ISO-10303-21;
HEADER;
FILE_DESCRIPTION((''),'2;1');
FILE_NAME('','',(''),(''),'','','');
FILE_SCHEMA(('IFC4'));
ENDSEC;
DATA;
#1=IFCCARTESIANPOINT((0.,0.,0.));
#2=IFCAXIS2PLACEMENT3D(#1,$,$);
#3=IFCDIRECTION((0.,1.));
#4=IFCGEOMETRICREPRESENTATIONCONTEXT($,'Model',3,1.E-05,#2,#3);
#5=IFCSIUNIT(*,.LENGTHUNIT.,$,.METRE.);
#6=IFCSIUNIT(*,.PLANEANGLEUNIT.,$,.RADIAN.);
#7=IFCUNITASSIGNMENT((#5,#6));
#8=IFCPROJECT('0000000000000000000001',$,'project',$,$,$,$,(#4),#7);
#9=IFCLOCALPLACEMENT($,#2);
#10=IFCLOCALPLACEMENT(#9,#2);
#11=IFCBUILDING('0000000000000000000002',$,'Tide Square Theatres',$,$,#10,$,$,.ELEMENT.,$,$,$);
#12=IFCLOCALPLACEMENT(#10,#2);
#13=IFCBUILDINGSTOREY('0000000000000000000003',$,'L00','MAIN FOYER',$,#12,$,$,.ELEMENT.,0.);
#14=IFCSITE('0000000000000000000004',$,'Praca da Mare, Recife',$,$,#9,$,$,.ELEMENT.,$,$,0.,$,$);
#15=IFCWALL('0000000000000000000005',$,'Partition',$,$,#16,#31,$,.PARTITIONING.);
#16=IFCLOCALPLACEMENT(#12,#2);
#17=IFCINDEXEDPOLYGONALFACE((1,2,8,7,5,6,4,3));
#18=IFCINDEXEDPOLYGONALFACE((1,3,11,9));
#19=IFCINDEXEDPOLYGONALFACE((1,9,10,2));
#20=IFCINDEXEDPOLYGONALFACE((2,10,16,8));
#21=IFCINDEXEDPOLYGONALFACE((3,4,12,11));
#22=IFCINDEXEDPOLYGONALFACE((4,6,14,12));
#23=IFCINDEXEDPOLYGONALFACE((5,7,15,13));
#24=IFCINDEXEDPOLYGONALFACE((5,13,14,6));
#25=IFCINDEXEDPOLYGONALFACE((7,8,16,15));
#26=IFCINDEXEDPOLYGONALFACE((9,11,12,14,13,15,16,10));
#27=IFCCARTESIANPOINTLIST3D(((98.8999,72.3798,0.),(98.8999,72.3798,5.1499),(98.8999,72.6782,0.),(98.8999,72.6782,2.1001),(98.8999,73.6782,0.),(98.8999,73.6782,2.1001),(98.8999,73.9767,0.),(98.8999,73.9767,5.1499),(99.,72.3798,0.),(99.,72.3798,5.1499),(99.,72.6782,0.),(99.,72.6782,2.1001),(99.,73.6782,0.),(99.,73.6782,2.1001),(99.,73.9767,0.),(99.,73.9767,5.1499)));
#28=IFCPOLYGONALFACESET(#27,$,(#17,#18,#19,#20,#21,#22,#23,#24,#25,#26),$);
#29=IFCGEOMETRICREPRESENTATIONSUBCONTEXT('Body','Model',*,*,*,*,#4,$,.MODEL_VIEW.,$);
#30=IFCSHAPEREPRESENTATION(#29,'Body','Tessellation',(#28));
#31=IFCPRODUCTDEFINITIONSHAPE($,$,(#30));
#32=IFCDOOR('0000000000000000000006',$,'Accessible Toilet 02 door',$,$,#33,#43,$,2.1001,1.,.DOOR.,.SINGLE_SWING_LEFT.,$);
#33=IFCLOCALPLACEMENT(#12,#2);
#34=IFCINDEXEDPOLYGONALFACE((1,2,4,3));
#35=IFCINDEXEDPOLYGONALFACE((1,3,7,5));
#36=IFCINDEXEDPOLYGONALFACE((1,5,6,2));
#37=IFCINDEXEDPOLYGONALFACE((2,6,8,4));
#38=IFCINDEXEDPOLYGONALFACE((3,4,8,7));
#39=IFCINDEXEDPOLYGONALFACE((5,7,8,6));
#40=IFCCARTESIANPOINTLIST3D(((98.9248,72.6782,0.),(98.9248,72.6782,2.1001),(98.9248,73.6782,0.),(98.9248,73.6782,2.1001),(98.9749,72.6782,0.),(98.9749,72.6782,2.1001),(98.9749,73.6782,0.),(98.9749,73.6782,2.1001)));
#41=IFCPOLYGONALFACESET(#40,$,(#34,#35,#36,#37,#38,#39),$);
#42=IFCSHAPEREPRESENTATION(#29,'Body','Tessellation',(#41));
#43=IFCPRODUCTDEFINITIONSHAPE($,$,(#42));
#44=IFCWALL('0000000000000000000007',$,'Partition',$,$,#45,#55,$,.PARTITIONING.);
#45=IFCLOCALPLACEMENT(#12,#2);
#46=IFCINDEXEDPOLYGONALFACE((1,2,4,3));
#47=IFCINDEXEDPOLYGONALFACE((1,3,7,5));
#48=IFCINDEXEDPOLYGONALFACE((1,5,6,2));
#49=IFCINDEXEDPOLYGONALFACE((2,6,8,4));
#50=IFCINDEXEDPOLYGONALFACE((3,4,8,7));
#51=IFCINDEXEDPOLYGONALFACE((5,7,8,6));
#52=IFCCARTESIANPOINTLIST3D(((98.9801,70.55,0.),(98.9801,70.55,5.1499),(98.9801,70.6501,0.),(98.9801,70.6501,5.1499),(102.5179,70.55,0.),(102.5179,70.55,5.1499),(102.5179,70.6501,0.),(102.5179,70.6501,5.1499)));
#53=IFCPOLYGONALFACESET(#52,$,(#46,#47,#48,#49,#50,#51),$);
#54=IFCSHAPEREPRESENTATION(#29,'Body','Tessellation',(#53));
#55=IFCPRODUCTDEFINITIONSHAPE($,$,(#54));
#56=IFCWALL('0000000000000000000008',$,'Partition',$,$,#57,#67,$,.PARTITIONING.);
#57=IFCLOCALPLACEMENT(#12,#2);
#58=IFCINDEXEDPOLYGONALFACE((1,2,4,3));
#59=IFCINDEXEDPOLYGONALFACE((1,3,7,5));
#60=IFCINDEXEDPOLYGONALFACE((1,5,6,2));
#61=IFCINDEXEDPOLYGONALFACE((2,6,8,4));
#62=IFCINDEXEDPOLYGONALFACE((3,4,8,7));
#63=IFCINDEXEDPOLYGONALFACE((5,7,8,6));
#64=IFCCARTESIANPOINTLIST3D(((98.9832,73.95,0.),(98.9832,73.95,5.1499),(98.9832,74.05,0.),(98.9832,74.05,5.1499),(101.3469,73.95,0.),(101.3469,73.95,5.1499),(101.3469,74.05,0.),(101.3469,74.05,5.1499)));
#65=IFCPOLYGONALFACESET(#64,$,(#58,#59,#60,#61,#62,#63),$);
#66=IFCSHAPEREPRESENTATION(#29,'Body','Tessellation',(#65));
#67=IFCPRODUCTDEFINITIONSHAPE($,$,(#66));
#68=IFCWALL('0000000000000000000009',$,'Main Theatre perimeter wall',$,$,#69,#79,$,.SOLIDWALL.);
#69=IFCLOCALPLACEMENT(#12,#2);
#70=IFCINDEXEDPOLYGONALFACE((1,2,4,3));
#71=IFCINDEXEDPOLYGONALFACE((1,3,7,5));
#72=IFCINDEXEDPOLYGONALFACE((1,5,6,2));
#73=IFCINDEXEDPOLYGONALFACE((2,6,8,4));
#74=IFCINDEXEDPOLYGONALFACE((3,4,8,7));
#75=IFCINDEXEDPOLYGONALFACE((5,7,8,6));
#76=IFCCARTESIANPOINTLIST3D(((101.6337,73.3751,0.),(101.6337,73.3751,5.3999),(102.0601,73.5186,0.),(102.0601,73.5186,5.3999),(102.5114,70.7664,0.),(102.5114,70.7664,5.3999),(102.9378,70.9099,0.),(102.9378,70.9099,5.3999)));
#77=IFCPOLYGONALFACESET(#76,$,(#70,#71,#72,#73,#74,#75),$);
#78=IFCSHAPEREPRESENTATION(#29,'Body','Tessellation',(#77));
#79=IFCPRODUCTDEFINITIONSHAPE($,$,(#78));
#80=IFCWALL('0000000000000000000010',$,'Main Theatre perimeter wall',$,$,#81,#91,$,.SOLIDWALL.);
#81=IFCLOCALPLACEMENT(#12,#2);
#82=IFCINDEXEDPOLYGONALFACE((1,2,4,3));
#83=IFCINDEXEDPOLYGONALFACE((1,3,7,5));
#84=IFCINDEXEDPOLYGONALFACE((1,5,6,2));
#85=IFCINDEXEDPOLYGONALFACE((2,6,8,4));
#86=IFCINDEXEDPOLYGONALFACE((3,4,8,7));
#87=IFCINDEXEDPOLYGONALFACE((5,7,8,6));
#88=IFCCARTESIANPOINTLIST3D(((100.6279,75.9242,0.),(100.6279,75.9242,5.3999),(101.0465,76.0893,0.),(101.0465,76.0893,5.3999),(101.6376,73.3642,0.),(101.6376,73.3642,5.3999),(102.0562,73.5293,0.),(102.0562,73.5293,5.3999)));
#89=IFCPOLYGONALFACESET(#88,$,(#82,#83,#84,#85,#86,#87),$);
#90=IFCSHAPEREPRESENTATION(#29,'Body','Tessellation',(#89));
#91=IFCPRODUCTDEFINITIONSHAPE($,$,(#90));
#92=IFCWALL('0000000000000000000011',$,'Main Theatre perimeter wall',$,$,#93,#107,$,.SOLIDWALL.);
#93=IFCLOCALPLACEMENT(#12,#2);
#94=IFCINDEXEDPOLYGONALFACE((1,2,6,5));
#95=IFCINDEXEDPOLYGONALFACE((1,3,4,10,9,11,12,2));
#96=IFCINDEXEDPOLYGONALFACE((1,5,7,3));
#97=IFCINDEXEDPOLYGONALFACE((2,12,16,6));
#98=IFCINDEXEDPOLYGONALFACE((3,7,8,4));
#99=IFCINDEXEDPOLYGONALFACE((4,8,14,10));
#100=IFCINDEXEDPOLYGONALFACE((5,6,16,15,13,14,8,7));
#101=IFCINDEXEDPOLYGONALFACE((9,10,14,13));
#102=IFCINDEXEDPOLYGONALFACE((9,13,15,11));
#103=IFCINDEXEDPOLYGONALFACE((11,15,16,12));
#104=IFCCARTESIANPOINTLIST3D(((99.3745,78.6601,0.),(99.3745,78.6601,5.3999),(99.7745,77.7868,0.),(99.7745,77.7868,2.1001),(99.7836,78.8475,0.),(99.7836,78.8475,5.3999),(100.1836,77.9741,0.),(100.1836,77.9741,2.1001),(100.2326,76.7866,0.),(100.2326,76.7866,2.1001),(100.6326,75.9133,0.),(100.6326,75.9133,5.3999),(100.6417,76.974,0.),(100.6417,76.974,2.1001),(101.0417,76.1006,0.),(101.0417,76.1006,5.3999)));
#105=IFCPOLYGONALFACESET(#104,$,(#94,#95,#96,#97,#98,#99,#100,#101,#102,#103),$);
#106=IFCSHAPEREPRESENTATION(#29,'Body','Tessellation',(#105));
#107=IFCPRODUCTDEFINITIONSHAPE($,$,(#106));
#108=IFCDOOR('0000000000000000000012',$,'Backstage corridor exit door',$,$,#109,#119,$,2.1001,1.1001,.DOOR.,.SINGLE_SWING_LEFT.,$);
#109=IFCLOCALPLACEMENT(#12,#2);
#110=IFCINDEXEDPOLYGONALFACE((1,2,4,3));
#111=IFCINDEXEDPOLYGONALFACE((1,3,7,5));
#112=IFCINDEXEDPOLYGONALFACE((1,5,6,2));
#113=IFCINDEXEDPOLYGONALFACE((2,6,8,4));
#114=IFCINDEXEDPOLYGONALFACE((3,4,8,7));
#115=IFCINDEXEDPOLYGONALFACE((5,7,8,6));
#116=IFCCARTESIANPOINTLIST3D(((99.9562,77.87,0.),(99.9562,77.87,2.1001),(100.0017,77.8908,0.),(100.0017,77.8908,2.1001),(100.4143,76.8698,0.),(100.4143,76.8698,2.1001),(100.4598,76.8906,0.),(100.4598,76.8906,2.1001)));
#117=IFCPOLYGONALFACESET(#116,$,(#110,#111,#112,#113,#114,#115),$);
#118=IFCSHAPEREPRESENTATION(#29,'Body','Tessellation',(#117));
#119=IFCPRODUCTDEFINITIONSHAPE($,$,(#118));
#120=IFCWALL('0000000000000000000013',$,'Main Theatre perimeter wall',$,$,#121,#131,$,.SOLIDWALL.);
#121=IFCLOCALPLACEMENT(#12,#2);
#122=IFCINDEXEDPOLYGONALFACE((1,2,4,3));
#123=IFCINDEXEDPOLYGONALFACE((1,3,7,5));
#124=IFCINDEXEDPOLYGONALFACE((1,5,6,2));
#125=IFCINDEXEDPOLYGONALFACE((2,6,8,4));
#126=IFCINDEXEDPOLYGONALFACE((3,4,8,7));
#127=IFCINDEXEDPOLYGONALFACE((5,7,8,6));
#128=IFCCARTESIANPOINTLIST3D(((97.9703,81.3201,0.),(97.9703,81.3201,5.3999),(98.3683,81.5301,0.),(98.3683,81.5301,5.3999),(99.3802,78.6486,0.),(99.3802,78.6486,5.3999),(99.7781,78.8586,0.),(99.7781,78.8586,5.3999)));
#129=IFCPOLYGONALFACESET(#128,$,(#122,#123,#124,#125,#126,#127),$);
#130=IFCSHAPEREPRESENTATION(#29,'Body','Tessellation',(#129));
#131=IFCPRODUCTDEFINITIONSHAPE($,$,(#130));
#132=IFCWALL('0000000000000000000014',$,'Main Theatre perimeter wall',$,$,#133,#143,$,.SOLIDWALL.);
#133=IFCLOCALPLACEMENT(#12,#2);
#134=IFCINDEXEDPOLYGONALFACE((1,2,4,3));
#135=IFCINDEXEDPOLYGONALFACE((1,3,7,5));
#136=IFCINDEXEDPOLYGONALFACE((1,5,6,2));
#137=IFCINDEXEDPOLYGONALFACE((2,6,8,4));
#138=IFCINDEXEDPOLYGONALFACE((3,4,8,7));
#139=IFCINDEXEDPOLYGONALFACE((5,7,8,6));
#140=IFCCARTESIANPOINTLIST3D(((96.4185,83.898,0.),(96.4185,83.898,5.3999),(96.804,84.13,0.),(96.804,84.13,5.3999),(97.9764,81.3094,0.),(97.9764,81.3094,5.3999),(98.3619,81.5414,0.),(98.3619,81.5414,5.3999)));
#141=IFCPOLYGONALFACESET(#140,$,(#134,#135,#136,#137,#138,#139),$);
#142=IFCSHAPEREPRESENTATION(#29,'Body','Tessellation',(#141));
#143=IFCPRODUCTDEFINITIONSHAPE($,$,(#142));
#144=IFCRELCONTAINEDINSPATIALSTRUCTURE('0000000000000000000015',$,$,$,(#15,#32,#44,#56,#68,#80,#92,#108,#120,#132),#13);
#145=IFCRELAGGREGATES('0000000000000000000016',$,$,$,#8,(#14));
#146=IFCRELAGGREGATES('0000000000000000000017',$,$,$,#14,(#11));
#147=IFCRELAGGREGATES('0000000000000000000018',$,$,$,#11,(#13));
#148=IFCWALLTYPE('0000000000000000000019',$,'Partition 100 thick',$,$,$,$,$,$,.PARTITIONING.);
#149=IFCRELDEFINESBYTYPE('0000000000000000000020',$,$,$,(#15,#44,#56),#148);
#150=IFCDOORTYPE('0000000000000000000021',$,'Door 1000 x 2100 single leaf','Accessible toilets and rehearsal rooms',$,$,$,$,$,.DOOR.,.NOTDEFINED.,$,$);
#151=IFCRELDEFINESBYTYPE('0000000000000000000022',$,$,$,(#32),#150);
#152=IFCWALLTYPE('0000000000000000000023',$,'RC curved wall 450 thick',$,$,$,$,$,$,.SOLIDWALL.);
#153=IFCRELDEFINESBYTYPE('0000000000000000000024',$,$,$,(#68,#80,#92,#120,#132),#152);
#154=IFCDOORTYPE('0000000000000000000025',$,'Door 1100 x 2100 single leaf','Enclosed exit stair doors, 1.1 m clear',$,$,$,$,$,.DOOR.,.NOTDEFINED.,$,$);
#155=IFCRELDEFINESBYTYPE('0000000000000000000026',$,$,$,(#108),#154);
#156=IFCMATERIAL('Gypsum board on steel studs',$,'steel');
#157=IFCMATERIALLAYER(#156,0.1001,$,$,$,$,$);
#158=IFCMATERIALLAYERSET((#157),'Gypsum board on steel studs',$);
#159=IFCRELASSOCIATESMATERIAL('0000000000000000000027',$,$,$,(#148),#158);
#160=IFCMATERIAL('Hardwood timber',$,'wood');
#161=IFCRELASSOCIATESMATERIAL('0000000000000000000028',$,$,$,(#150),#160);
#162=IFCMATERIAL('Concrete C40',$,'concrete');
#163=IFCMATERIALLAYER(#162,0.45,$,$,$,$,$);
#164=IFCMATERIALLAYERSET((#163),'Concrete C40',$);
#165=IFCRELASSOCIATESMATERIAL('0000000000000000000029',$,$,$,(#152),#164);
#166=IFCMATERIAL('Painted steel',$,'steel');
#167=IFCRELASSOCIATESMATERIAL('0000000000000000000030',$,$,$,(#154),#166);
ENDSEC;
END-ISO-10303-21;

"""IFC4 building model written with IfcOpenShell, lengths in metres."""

from ifc_helpers import new_model, si_unit, direction, frame, frame_2d, origin, place, context, subcontext, project, spatial, rectangle, extrude, material, layer, layer_set, type_object, element, fill, save


model = new_model("IFC4")

# Units and contexts
model_context = context("Model", 3, precision=1e-05, world=origin(), true_north=direction((0.0, 1.0)))
body_context = subcontext(model_context, "Body", "Model", "MODEL_VIEW")
ifc_project = project(units=[si_unit("LENGTHUNIT", "METRE"), si_unit("PLANEANGLEUNIT", "RADIAN")], contexts=[model_context])

# Site, building, storey
site_placement = place(None, origin())
site = spatial("IfcSite", under=ifc_project, at=site_placement, Name="Praca da Mare, Recife", CompositionType="ELEMENT", RefElevation=0.0)
building_placement = place(site_placement, origin())
building = spatial("IfcBuilding", under=site, at=building_placement, Name="Tide Square Theatres", CompositionType="ELEMENT")
storey_placement = place(building_placement, origin())
storey = spatial("IfcBuildingStorey", under=building, at=storey_placement, Name="L00", Description="MAIN FOYER", CompositionType="ELEMENT", Elevation=0.0)

# Shared definitions
ifc_material_1 = material(Name="Gypsum board on steel studs", Category="steel")
ifc_layer_1 = layer(ifc_material_1, 0.1001)
ifc_layer_set_1 = layer_set([ifc_layer_1], Name="Gypsum board on steel studs")
wall_type_1 = type_object("IfcWallType", Name="Partition 100 thick", PredefinedType="PARTITIONING", material=ifc_layer_set_1)

# Wall, opening, door
wall_1_placement = place(storey_placement, frame((98.95, 72.3799, 0.0), z_axis=(0.0, 0.0, 1.0), x_axis=(0.0, 1.0, 0.0)))
wall_1 = element("IfcWall", 1, at=wall_1_placement, inside=storey, type_object=wall_type_1, Name="Partition", PredefinedType="PARTITIONING", context=body_context, shape_type="SweptSolid", body=[
    extrude(rectangle(XDim=1.5969, YDim=0.1001, at=frame_2d((0.7983, 0.0))), origin(), (0.0, 0.0, 1.0), 5.1499),
])
opening_1_placement = place(wall_1_placement, frame((0.2983, 0.0, 0.0)))
opening_1 = element("IfcOpeningElement", 2, at=opening_1_placement, cuts=wall_1, PredefinedType="OPENING", context=body_context, shape_type="SweptSolid", body=[
    extrude(rectangle(XDim=1.0, YDim=2.1001, at=frame_2d((0.5, 1.05))), frame((0.0, 0.0601, 0.0), z_axis=(0.0, -1.0, 0.0), x_axis=(1.0, 0.0, 0.0)), (0.0, 0.0, 1.0), 0.1201),
])
ifc_material_2 = material(Name="Hardwood timber", Category="wood")
door_type_1 = type_object("IfcDoorType", Name="Door 1000 x 2100 single leaf", Description="Accessible toilets and rehearsal rooms", OperationType="NOTDEFINED", PredefinedType="DOOR", material=ifc_material_2)
door_1_placement = place(opening_1_placement, frame((1.0, 0.0, 0.0), z_axis=(0.0, 0.0, 1.0), x_axis=(-1.0, 0.0, 0.0)))
door_1 = element("IfcDoor", 3, at=door_1_placement, inside=storey, type_object=door_type_1, Name="Accessible Toilet 02 door", OperationType="SINGLE_SWING_LEFT", OverallHeight=2.1001, OverallWidth=1.0, PredefinedType="DOOR", context=body_context, shape_type="SweptSolid", body=[
    extrude(rectangle(XDim=1.0, YDim=2.1001, at=frame_2d((0.5, 1.05))), frame((0.0, 0.0249, 0.0), z_axis=(0.0, -1.0, 0.0), x_axis=(1.0, 0.0, 0.0)), (0.0, 0.0, 1.0), 0.05),
])
fill(opening_1, door_1)

# Walls
wall_2_placement = place(storey_placement, frame((98.98, 70.6001, 0.0), z_axis=(0.0, 0.0, 1.0), x_axis=(1.0, 0.0, 0.0)))
element("IfcWall", 4, at=wall_2_placement, inside=storey, type_object=wall_type_1, Name="Partition", PredefinedType="PARTITIONING", context=body_context, shape_type="SweptSolid", body=[
    extrude(rectangle(XDim=3.5378, YDim=0.1001, at=frame_2d((1.769, 0.0))), origin(), (0.0, 0.0, 1.0), 5.1499),
])
wall_3_placement = place(storey_placement, frame((98.9832, 74.0, 0.0), z_axis=(0.0, 0.0, 1.0), x_axis=(1.0, 0.0, 0.0)))
element("IfcWall", 5, at=wall_3_placement, inside=storey, type_object=wall_type_1, Name="Partition", PredefinedType="PARTITIONING", context=body_context, shape_type="SweptSolid", body=[
    extrude(rectangle(XDim=2.3638, YDim=0.1001, at=frame_2d((1.1819, 0.0))), origin(), (0.0, 0.0, 1.0), 5.1499),
])
ifc_material_3 = material(Name="Concrete C40", Category="concrete")
ifc_layer_2 = layer(ifc_material_3, 0.45)
ifc_layer_set_2 = layer_set([ifc_layer_2], Name="Concrete C40")
wall_type_2 = type_object("IfcWallType", Name="RC curved wall 450 thick", PredefinedType="SOLIDWALL", material=ifc_layer_set_2)
wall_4_placement = place(storey_placement, frame((102.7246, 70.8381, 0.0), z_axis=(0.0, 0.0, 1.0), x_axis=(-0.318888, 0.947793, 0.0)))
element("IfcWall", 6, at=wall_4_placement, inside=storey, type_object=wall_type_2, Name="Main Theatre perimeter wall", PredefinedType="SOLIDWALL", context=body_context, shape_type="SweptSolid", body=[
    extrude(rectangle(XDim=2.7524, YDim=0.45, at=frame_2d((1.3762, 0.0))), origin(), (0.0, 0.0, 1.0), 5.3999),
])
wall_5_placement = place(storey_placement, frame((101.8469, 73.4468, 0.0), z_axis=(0.0, 0.0, 1.0), x_axis=(-0.36692, 0.930252, 0.0)))
element("IfcWall", 7, at=wall_5_placement, inside=storey, type_object=wall_type_2, Name="Main Theatre perimeter wall", PredefinedType="SOLIDWALL", context=body_context, shape_type="SweptSolid", body=[
    extrude(rectangle(XDim=2.752, YDim=0.45, at=frame_2d((1.376, 0.0))), origin(), (0.0, 0.0, 1.0), 5.3999),
])

# Wall, opening, door
wall_6_placement = place(storey_placement, frame((100.8372, 76.0068, 0.0), z_axis=(0.0, 0.0, 1.0), x_axis=(-0.416407, 0.909178, 0.0)))
wall_6 = element("IfcWall", 8, at=wall_6_placement, inside=storey, type_object=wall_type_2, Name="Main Theatre perimeter wall", PredefinedType="SOLIDWALL", context=body_context, shape_type="SweptSolid", body=[
    extrude(rectangle(XDim=3.0212, YDim=0.45, at=frame_2d((1.5107, 0.0))), origin(), (0.0, 0.0, 1.0), 5.3999),
])
opening_2_placement = place(wall_6_placement, frame((0.9607, 0.0, 0.0)))
opening_2 = element("IfcOpeningElement", 9, at=opening_2_placement, cuts=wall_6, PredefinedType="OPENING", context=body_context, shape_type="SweptSolid", body=[
    extrude(rectangle(XDim=1.1001, YDim=2.1001, at=frame_2d((0.55, 1.05))), frame((0.0, 0.2349, 0.0), z_axis=(0.0, -1.0, 0.0), x_axis=(1.0, 0.0, 0.0)), (0.0, 0.0, 1.0), 0.47),
])
ifc_material_4 = material(Name="Painted steel", Category="steel")
door_type_2 = type_object("IfcDoorType", Name="Door 1100 x 2100 single leaf", Description="Enclosed exit stair doors, 1.1 m clear", OperationType="NOTDEFINED", PredefinedType="DOOR", material=ifc_material_4)
door_2_placement = place(opening_2_placement, frame((1.1001, 0.0, 0.0), z_axis=(0.0, 0.0, 1.0), x_axis=(-1.0, 0.0, 0.0)))
door_2 = element("IfcDoor", 10, at=door_2_placement, inside=storey, type_object=door_type_2, Name="Backstage corridor exit door", OperationType="SINGLE_SWING_LEFT", OverallHeight=2.1001, OverallWidth=1.1001, PredefinedType="DOOR", context=body_context, shape_type="SweptSolid", body=[
    extrude(rectangle(XDim=1.1001, YDim=2.1001, at=frame_2d((0.55, 1.05))), frame((0.0, 0.0249, 0.0), z_axis=(0.0, -1.0, 0.0), x_axis=(1.0, 0.0, 0.0)), (0.0, 0.0, 1.0), 0.05),
])
fill(opening_2, door_2)

# Walls
wall_7_placement = place(storey_placement, frame((99.5791, 78.7537, 0.0), z_axis=(0.0, 0.0, 1.0), x_axis=(-0.466729, 0.884401, 0.0)))
element("IfcWall", 11, at=wall_7_placement, inside=storey, type_object=wall_type_2, Name="Main Theatre perimeter wall", PredefinedType="SOLIDWALL", context=body_context, shape_type="SweptSolid", body=[
    extrude(rectangle(XDim=3.0208, YDim=0.45, at=frame_2d((1.5103, 0.0))), origin(), (0.0, 0.0, 1.0), 5.3999),
])
wall_8_placement = place(storey_placement, frame((98.1692, 81.4253, 0.0), z_axis=(0.0, 0.0, 1.0), x_axis=(-0.515636, 0.856808, 0.0)))
element("IfcWall", 12, at=wall_8_placement, inside=storey, type_object=wall_type_2, Name="Main Theatre perimeter wall", PredefinedType="SOLIDWALL", context=body_context, shape_type="SweptSolid", body=[
    extrude(rectangle(XDim=3.0212, YDim=0.45, at=frame_2d((1.5107, 0.0))), origin(), (0.0, 0.0, 1.0), 5.3999),
])

save(model, "model.ifc")
